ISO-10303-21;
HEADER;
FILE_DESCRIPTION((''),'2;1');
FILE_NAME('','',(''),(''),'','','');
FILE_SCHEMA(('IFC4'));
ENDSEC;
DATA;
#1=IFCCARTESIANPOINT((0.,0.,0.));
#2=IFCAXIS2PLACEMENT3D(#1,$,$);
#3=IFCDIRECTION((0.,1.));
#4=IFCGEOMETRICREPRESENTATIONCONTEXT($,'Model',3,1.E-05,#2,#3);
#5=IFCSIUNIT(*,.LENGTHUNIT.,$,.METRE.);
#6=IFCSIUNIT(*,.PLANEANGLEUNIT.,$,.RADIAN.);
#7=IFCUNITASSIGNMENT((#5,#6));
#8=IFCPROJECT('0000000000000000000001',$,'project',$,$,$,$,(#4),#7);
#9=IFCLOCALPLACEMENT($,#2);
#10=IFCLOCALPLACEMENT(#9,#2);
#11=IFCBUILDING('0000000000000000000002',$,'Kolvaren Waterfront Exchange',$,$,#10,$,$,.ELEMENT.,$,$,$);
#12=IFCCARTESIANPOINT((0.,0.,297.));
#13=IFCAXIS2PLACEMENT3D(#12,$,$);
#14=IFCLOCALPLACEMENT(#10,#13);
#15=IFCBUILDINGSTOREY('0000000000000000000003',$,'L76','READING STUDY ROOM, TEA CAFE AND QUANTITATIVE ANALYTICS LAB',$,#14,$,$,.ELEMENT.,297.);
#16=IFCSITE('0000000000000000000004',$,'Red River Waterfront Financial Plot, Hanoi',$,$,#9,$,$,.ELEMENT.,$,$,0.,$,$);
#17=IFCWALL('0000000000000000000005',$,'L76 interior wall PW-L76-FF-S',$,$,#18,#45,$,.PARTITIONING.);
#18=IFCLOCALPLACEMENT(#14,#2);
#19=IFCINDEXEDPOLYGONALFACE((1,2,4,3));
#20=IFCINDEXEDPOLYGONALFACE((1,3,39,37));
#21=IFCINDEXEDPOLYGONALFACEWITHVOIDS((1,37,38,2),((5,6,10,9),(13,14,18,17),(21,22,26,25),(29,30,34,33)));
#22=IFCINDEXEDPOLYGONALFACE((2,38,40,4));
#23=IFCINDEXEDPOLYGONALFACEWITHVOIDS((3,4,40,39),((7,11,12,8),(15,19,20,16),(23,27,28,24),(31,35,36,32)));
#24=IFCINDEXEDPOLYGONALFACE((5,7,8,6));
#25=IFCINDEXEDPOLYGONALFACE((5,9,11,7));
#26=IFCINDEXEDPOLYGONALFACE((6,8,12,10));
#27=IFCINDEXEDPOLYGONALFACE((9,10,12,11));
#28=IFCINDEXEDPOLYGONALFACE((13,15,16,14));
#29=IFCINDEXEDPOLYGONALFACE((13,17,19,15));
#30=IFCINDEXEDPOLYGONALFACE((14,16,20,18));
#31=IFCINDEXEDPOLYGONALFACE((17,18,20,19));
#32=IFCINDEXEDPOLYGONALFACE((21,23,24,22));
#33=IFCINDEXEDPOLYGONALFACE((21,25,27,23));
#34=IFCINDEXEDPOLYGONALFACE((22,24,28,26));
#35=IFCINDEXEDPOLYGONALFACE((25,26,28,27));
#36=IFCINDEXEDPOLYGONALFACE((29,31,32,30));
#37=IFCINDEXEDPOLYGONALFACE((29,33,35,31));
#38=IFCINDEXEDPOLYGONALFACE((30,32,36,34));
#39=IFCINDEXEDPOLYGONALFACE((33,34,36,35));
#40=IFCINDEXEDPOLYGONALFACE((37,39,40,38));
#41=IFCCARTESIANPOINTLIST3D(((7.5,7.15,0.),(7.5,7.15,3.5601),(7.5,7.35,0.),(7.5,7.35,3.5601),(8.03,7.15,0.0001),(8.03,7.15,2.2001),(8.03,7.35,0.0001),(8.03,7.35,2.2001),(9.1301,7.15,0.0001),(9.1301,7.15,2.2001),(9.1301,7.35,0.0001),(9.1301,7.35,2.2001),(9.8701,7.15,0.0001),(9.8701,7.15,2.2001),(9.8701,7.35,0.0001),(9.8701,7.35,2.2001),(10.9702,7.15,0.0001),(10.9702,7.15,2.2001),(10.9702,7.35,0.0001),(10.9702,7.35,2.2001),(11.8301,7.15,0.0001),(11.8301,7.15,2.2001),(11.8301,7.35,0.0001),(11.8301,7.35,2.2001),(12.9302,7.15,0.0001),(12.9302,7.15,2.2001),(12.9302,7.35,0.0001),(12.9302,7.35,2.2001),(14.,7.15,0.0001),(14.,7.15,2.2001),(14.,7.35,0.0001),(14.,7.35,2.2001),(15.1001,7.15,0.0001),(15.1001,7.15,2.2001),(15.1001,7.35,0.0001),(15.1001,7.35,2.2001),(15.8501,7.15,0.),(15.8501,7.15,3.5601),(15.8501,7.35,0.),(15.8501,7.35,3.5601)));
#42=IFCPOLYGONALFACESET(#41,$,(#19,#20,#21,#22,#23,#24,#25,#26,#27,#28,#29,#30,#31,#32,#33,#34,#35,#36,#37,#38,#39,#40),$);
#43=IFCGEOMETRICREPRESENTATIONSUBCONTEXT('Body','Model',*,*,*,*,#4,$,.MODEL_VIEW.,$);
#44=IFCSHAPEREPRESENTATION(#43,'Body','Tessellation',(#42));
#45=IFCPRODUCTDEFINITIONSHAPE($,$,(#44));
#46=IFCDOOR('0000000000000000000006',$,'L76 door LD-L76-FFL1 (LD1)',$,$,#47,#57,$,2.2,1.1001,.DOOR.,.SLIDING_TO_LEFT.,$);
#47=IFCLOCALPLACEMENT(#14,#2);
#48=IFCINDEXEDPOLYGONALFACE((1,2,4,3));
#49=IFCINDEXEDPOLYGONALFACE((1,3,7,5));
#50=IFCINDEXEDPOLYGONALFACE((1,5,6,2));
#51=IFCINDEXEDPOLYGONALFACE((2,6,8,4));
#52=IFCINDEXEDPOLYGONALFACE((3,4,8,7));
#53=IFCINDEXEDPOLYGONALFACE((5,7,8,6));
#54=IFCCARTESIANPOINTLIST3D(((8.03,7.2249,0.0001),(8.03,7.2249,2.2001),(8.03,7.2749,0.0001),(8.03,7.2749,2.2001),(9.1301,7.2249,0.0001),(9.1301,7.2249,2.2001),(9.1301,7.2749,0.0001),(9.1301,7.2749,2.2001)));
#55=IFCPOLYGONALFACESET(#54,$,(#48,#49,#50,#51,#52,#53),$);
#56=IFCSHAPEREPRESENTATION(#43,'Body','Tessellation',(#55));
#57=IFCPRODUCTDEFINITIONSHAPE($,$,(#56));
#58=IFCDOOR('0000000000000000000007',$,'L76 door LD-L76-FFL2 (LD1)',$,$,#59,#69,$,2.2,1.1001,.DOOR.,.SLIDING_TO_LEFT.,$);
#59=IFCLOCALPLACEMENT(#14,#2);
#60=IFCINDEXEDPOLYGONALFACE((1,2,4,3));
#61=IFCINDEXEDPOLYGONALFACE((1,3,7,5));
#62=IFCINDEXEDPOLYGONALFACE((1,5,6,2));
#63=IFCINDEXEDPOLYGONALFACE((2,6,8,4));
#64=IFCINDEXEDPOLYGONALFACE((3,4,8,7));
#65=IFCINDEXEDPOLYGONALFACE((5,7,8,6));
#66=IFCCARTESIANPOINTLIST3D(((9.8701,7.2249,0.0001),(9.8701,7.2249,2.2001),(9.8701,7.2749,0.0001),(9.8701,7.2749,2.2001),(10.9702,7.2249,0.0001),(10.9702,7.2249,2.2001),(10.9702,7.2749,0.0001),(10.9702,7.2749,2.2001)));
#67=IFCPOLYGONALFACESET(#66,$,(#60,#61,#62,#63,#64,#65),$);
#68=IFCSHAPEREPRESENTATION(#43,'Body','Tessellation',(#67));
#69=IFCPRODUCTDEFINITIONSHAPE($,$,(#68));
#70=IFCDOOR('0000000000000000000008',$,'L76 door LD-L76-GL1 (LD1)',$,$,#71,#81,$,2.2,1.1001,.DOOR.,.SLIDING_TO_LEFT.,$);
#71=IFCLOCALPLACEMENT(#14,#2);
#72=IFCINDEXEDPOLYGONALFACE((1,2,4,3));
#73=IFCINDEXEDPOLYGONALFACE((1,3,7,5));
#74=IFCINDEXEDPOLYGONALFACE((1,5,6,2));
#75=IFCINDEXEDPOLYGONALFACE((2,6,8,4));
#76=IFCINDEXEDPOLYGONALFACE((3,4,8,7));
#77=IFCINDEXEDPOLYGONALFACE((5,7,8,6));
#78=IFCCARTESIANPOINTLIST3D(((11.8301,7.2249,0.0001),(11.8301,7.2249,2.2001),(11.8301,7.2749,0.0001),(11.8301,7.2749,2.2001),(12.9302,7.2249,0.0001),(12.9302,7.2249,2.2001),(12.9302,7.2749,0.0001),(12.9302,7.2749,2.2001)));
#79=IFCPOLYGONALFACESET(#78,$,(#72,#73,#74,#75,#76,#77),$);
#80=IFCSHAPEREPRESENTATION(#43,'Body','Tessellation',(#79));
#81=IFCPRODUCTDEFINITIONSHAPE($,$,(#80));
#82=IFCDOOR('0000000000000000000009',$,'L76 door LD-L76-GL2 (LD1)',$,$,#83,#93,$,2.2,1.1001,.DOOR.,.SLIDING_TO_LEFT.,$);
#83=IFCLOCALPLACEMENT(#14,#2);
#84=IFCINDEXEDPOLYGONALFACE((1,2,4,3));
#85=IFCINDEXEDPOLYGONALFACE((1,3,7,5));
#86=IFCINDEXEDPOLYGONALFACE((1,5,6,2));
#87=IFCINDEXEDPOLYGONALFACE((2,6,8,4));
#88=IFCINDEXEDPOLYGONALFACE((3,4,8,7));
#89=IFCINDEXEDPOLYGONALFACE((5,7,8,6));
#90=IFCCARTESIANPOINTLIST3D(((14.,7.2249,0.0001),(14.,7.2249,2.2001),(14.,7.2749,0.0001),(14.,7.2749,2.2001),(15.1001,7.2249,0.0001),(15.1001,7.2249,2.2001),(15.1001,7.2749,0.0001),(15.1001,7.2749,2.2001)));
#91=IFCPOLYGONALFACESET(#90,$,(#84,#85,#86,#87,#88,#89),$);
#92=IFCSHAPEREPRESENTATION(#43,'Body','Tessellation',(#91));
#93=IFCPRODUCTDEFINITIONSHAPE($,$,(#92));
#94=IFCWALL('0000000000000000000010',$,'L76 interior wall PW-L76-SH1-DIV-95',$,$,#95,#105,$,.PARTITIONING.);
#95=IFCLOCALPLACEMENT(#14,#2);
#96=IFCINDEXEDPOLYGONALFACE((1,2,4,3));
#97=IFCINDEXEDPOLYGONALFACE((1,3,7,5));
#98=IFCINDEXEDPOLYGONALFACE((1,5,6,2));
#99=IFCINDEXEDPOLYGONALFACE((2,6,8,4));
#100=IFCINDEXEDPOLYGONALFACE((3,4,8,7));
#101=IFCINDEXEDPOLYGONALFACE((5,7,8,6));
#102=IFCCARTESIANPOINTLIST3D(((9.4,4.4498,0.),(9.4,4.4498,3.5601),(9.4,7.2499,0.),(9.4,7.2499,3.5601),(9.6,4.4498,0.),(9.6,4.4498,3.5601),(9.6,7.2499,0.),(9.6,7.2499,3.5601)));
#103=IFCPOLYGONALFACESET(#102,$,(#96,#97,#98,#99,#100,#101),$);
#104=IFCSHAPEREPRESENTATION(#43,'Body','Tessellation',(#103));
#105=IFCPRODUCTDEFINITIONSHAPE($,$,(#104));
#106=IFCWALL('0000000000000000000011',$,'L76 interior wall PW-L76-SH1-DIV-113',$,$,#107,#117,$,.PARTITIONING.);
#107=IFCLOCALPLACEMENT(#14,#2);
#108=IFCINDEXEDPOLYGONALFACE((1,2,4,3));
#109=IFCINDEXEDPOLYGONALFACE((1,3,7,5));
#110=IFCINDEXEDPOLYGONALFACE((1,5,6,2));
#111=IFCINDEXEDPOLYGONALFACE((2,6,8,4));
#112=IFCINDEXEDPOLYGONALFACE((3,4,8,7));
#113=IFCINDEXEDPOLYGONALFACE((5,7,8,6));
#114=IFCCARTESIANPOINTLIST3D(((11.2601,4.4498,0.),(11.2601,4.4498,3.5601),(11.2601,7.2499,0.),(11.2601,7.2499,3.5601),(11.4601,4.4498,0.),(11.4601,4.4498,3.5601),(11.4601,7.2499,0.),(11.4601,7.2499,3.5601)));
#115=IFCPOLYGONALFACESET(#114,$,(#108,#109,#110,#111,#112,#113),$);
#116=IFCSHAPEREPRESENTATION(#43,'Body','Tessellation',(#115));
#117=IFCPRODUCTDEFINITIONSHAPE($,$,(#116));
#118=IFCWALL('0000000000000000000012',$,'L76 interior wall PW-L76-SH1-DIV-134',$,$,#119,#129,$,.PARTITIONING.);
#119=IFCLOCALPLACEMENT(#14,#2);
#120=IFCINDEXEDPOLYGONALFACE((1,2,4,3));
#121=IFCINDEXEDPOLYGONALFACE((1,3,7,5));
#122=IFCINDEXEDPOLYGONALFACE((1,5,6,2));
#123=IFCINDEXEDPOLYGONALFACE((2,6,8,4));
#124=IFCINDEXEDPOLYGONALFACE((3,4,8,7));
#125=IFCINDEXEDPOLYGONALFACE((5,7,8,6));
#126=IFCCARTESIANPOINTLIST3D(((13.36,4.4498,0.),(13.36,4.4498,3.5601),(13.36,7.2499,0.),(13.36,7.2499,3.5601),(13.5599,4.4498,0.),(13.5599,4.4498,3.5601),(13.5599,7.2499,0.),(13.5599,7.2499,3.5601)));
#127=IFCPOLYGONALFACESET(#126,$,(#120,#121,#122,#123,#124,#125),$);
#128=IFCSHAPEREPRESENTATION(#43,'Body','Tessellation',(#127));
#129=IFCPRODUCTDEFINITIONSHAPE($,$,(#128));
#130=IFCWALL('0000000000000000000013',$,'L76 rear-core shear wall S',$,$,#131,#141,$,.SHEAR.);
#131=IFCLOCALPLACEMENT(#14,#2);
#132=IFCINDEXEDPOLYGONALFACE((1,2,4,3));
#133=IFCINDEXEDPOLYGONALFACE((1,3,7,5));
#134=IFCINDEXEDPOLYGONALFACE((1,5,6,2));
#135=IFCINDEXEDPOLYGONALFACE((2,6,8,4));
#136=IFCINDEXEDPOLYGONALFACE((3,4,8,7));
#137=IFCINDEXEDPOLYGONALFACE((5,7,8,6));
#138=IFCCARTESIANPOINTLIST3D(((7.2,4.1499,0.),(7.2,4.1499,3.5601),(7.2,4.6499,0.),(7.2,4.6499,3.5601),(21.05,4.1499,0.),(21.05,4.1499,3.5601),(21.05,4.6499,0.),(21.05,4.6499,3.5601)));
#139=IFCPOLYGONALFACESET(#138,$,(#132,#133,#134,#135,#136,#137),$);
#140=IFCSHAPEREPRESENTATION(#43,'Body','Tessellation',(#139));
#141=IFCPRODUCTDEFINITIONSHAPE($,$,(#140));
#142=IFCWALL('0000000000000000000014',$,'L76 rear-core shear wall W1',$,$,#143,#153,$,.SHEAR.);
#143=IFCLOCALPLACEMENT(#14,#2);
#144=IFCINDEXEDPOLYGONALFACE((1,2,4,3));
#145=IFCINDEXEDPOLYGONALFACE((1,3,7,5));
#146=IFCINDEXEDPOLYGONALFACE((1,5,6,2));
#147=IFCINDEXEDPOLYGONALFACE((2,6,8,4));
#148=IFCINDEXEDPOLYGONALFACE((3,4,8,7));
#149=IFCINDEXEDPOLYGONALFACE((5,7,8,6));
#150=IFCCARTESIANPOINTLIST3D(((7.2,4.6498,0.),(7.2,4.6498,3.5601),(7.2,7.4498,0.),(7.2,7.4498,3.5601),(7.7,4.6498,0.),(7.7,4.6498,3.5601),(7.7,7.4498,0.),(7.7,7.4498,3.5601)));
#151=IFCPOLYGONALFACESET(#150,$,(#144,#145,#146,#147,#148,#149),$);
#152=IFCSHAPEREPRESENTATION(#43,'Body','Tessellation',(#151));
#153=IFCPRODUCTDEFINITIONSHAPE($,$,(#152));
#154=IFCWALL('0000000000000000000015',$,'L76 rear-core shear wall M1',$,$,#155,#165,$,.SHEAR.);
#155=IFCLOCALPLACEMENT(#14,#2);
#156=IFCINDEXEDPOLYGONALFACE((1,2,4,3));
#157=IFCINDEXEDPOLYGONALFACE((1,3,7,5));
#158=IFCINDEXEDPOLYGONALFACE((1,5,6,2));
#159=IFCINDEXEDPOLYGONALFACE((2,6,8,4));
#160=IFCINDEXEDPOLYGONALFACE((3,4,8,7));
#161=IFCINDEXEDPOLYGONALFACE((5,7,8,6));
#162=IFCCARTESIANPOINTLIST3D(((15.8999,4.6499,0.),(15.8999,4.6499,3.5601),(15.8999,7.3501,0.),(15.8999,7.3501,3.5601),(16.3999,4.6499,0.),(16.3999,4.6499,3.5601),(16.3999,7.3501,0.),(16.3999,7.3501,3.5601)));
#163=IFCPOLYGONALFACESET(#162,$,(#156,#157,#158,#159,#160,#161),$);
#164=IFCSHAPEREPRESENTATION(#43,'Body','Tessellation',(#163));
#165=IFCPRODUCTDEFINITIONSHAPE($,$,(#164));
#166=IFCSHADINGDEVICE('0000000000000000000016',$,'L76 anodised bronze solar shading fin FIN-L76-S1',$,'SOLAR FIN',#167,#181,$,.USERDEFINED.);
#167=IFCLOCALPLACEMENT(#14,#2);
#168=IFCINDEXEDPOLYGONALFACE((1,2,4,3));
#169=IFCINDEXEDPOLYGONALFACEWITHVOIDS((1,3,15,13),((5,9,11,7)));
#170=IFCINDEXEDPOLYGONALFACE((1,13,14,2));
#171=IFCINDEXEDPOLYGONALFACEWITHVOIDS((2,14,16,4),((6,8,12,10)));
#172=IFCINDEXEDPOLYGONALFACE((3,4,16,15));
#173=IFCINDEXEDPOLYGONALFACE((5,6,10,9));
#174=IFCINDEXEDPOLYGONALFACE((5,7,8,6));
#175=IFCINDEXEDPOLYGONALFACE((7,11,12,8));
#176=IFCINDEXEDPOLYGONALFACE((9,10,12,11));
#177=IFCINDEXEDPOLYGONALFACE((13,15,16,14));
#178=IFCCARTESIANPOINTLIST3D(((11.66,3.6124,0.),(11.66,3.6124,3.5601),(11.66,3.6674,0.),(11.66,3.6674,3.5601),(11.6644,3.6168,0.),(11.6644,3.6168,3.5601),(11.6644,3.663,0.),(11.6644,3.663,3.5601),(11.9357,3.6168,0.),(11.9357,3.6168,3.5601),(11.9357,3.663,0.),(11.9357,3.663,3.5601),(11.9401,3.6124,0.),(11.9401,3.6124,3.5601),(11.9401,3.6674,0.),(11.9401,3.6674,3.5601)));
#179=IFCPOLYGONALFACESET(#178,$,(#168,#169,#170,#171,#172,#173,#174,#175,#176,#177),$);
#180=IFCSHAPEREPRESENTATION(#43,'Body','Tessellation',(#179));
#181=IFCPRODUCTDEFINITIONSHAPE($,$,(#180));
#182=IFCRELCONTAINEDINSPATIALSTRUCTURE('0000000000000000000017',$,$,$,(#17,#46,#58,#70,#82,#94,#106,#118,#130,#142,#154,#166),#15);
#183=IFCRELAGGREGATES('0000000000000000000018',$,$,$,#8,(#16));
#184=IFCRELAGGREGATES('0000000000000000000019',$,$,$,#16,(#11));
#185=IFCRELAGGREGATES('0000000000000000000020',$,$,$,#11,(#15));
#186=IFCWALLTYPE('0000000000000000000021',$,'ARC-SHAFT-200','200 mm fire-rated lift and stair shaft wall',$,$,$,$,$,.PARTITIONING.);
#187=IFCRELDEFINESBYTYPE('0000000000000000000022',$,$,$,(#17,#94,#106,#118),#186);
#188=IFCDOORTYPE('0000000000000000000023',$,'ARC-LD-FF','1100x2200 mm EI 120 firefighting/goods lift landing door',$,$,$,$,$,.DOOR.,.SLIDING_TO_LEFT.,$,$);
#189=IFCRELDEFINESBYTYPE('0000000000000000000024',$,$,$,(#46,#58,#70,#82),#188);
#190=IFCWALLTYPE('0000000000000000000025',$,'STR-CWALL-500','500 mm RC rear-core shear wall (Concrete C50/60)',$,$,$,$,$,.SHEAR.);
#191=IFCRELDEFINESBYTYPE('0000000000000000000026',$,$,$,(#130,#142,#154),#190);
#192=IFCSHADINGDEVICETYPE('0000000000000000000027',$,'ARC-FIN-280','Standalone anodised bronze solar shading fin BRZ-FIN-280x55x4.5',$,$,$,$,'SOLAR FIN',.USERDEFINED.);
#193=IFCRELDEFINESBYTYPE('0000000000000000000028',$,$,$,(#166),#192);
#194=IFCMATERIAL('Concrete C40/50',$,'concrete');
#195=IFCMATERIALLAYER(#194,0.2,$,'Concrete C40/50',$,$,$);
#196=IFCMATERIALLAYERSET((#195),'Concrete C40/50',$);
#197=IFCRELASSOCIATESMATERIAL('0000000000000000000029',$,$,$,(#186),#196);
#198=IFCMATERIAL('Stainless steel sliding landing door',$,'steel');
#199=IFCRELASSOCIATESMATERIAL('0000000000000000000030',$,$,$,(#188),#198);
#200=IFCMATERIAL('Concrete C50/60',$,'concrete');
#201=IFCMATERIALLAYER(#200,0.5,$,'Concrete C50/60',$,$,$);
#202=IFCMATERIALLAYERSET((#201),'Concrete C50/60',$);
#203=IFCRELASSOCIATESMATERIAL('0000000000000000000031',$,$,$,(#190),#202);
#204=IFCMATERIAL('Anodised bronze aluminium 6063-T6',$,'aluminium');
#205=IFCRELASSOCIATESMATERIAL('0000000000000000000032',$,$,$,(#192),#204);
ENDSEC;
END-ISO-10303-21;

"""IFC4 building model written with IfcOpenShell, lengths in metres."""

from ifc_helpers import new_model, si_unit, direction, frame, frame_2d, origin, origin_2d, place, context, subcontext, project, spatial, rectangle, hollow_rectangle, extrude, material, layer, layer_set, material_profile, profile_set, type_object, element, fill, save


model = new_model("IFC4")

# Units and contexts
model_context = context("Model", 3, precision=1e-05, world=origin(), true_north=direction((0.0, 1.0)))
body_context = subcontext(model_context, "Body", "Model", "MODEL_VIEW")
ifc_project = project(units=[si_unit("LENGTHUNIT", "METRE"), si_unit("PLANEANGLEUNIT", "RADIAN")], contexts=[model_context])

# Site, building, storey
site_placement = place(None, origin())
site = spatial("IfcSite", under=ifc_project, at=site_placement, Name="Red River Waterfront Financial Plot, Hanoi", CompositionType="ELEMENT", RefElevation=0.0)
building_placement = place(site_placement, origin())
building = spatial("IfcBuilding", under=site, at=building_placement, Name="Kolvaren Waterfront Exchange", CompositionType="ELEMENT")
storey_placement = place(building_placement, frame((0.0, 0.0, 297.0)))
storey = spatial("IfcBuildingStorey", under=building, at=storey_placement, Name="L76", Description="READING STUDY ROOM, TEA CAFE AND QUANTITATIVE ANALYTICS LAB", CompositionType="ELEMENT", Elevation=297.0)

# Shared definitions
ifc_material_1 = material(Name="Concrete C50/60", Category="concrete")

# Shared definitions
ifc_material_2 = material(Name="Anodised bronze aluminium 6063-T6", Category="aluminium")

# Shared definitions
ifc_material_3 = material(Name="Concrete C40/50", Category="concrete")
ifc_layer_1 = layer(ifc_material_3, 0.2, Name="Concrete C40/50")
ifc_layer_set_1 = layer_set([ifc_layer_1], Name="Concrete C40/50")
wall_type_1 = type_object("IfcWallType", Name="ARC-SHAFT-200", Description="200 mm fire-rated lift and stair shaft wall", PredefinedType="PARTITIONING", material=ifc_layer_set_1)

# Wall, openings, doors
wall_1_placement = place(storey_placement, frame((7.5, 7.25, 0.0), z_axis=(0.0, 0.0, 1.0), x_axis=(1.0, 0.0, 0.0)))
wall_1 = element("IfcWall", 1, at=wall_1_placement, inside=storey, type_object=wall_type_1, Name="L76 interior wall PW-L76-FF-S", PredefinedType="PARTITIONING", context=body_context, shape_type="SweptSolid", body=[
    extrude(rectangle(XDim=8.3501, YDim=0.2, at=frame_2d((4.175, 0.0))), origin(), (0.0, 0.0, 1.0), 3.5601),
])
opening_1_placement = place(wall_1_placement, frame((0.53, 0.0, 0.0)))
opening_1 = element("IfcOpeningElement", 2, at=opening_1_placement, cuts=wall_1, PredefinedType="OPENING", context=body_context, shape_type="SweptSolid", body=[
    extrude(rectangle(XDim=1.1001, YDim=2.2, at=frame_2d((0.55, 1.1001))), frame((0.0, 0.1099, 0.0), z_axis=(0.0, -1.0, 0.0), x_axis=(1.0, 0.0, 0.0)), (0.0, 0.0, 1.0), 0.22),
])
opening_2_placement = place(wall_1_placement, frame((2.3701, 0.0, 0.0)))
opening_2 = element("IfcOpeningElement", 3, at=opening_2_placement, cuts=wall_1, PredefinedType="OPENING", context=body_context, shape_type="SweptSolid", body=[
    extrude(rectangle(XDim=1.1001, YDim=2.2, at=frame_2d((0.55, 1.1001))), frame((0.0, 0.1099, 0.0), z_axis=(0.0, -1.0, 0.0), x_axis=(1.0, 0.0, 0.0)), (0.0, 0.0, 1.0), 0.22),
])
opening_3_placement = place(wall_1_placement, frame((4.3301, 0.0, 0.0)))
opening_3 = element("IfcOpeningElement", 4, at=opening_3_placement, cuts=wall_1, PredefinedType="OPENING", context=body_context, shape_type="SweptSolid", body=[
    extrude(rectangle(XDim=1.1001, YDim=2.2, at=frame_2d((0.55, 1.1001))), frame((0.0, 0.1099, 0.0), z_axis=(0.0, -1.0, 0.0), x_axis=(1.0, 0.0, 0.0)), (0.0, 0.0, 1.0), 0.22),
])
opening_4_placement = place(wall_1_placement, frame((6.5, 0.0, 0.0)))
opening_4 = element("IfcOpeningElement", 5, at=opening_4_placement, cuts=wall_1, PredefinedType="OPENING", context=body_context, shape_type="SweptSolid", body=[
    extrude(rectangle(XDim=1.1001, YDim=2.2, at=frame_2d((0.55, 1.1001))), frame((0.0, 0.1099, 0.0), z_axis=(0.0, -1.0, 0.0), x_axis=(1.0, 0.0, 0.0)), (0.0, 0.0, 1.0), 0.22),
])
ifc_material_4 = material(Name="Stainless steel sliding landing door", Category="steel")
door_type = type_object("IfcDoorType", Name="ARC-LD-FF", Description="1100x2200 mm EI 120 firefighting/goods lift landing door", OperationType="SLIDING_TO_LEFT", PredefinedType="DOOR", material=ifc_material_4)
door_1_placement = place(opening_1_placement, origin())
door_1 = element("IfcDoor", 6, at=door_1_placement, inside=storey, type_object=door_type, Name="L76 door LD-L76-FFL1 (LD1)", OperationType="SLIDING_TO_LEFT", OverallHeight=2.2, OverallWidth=1.1001, PredefinedType="DOOR", context=body_context, shape_type="SweptSolid", body=[
    extrude(rectangle(XDim=1.1001, YDim=2.2, at=frame_2d((0.55, 1.1001))), frame((0.0, 0.0249, 0.0), z_axis=(0.0, -1.0, 0.0), x_axis=(1.0, 0.0, 0.0)), (0.0, 0.0, 1.0), 0.05),
])
fill(opening_1, door_1)
door_2_placement = place(opening_2_placement, origin())
door_2 = element("IfcDoor", 7, at=door_2_placement, inside=storey, type_object=door_type, Name="L76 door LD-L76-FFL2 (LD1)", OperationType="SLIDING_TO_LEFT", OverallHeight=2.2, OverallWidth=1.1001, PredefinedType="DOOR", context=body_context, shape_type="SweptSolid", body=[
    extrude(rectangle(XDim=1.1001, YDim=2.2, at=frame_2d((0.55, 1.1001))), frame((0.0, 0.0249, 0.0), z_axis=(0.0, -1.0, 0.0), x_axis=(1.0, 0.0, 0.0)), (0.0, 0.0, 1.0), 0.05),
])
fill(opening_2, door_2)
door_3_placement = place(opening_3_placement, origin())
door_3 = element("IfcDoor", 8, at=door_3_placement, inside=storey, type_object=door_type, Name="L76 door LD-L76-GL1 (LD1)", OperationType="SLIDING_TO_LEFT", OverallHeight=2.2, OverallWidth=1.1001, PredefinedType="DOOR", context=body_context, shape_type="SweptSolid", body=[
    extrude(rectangle(XDim=1.1001, YDim=2.2, at=frame_2d((0.55, 1.1001))), frame((0.0, 0.0249, 0.0), z_axis=(0.0, -1.0, 0.0), x_axis=(1.0, 0.0, 0.0)), (0.0, 0.0, 1.0), 0.05),
])
fill(opening_3, door_3)
door_4_placement = place(opening_4_placement, origin())
door_4 = element("IfcDoor", 9, at=door_4_placement, inside=storey, type_object=door_type, Name="L76 door LD-L76-GL2 (LD1)", OperationType="SLIDING_TO_LEFT", OverallHeight=2.2, OverallWidth=1.1001, PredefinedType="DOOR", context=body_context, shape_type="SweptSolid", body=[
    extrude(rectangle(XDim=1.1001, YDim=2.2, at=frame_2d((0.55, 1.1001))), frame((0.0, 0.0249, 0.0), z_axis=(0.0, -1.0, 0.0), x_axis=(1.0, 0.0, 0.0)), (0.0, 0.0, 1.0), 0.05),
])
fill(opening_4, door_4)

# Walls
for number, where, z_axis, x_axis, name in (
    (10, (9.5, 4.45, 0.0), (0.0, 0.0, 1.0), (0.0, 1.0, 0.0), "L76 interior wall PW-L76-SH1-DIV-95"),
    (11, (11.3601, 4.45, 0.0), (0.0, 0.0, 1.0), (0.0, 1.0, 0.0), "L76 interior wall PW-L76-SH1-DIV-113"),
    (12, (13.46, 4.45, 0.0), (0.0, 0.0, 1.0), (0.0, 1.0, 0.0), "L76 interior wall PW-L76-SH1-DIV-134"),
):
    element("IfcWall", number, at=place(storey_placement, frame(where, z_axis=z_axis, x_axis=x_axis)), inside=storey, type_object=wall_type_1, Name=name, PredefinedType="PARTITIONING", context=body_context, shape_type="SweptSolid", body=[
        extrude(rectangle(XDim=2.8, YDim=0.2, at=frame_2d((1.3999, 0.0))), origin(), (0.0, 0.0, 1.0), 3.5601),
    ])
ifc_layer_2 = layer(ifc_material_1, 0.5, Name="Concrete C50/60")
ifc_layer_set_2 = layer_set([ifc_layer_2], Name="Concrete C50/60")
wall_type_2 = type_object("IfcWallType", Name="STR-CWALL-500", Description="500 mm RC rear-core shear wall (Concrete C50/60)", PredefinedType="SHEAR", material=ifc_layer_set_2)
wall_2_placement = place(storey_placement, frame((7.2, 4.3999, 0.0), z_axis=(0.0, 0.0, 1.0), x_axis=(1.0, 0.0, 0.0)))
element("IfcWall", 13, at=wall_2_placement, inside=storey, type_object=wall_type_2, Name="L76 rear-core shear wall S", PredefinedType="SHEAR", context=body_context, shape_type="SweptSolid", body=[
    extrude(rectangle(XDim=13.8501, YDim=0.5, at=frame_2d((6.925, 0.0))), origin(), (0.0, 0.0, 1.0), 3.5601),
])
wall_3_placement = place(storey_placement, frame((7.45, 4.6499, 0.0), z_axis=(0.0, 0.0, 1.0), x_axis=(0.0, 1.0, 0.0)))
element("IfcWall", 14, at=wall_3_placement, inside=storey, type_object=wall_type_2, Name="L76 rear-core shear wall W1", PredefinedType="SHEAR", context=body_context, shape_type="SweptSolid", body=[
    extrude(rectangle(XDim=2.8, YDim=0.5, at=frame_2d((1.3999, 0.0))), origin(), (0.0, 0.0, 1.0), 3.5601),
])
wall_4_placement = place(storey_placement, frame((16.1499, 4.6499, 0.0), z_axis=(0.0, 0.0, 1.0), x_axis=(0.0, 1.0, 0.0)))
element("IfcWall", 15, at=wall_4_placement, inside=storey, type_object=wall_type_2, Name="L76 rear-core shear wall M1", PredefinedType="SHEAR", context=body_context, shape_type="SweptSolid", body=[
    extrude(rectangle(XDim=2.7002, YDim=0.5, at=frame_2d((1.3501, 0.0))), origin(), (0.0, 0.0, 1.0), 3.5601),
])

# Shading device
ifc_material_profile_1 = material_profile(ifc_material_2, hollow_rectangle(XDim=0.0549, YDim=0.28, WallThickness=0.0044, at=origin_2d()), Name="BRZ-FIN-280x55x4.5")
ifc_profile_set_1 = profile_set([ifc_material_profile_1], Name="Anodised bronze aluminium 6063-T6")
shading_device_type = type_object("IfcShadingDeviceType", Name="ARC-FIN-280", Description="Standalone anodised bronze solar shading fin BRZ-FIN-280x55x4.5", ElementType="SOLAR FIN", PredefinedType="USERDEFINED", material=ifc_profile_set_1)
shading_device_placement = place(storey_placement, frame((11.8, 3.6399, 0.0), z_axis=(0.0, 0.0, 1.0), x_axis=(0.0, -1.0, 0.0)))
element("IfcShadingDevice", 16, at=shading_device_placement, inside=storey, type_object=shading_device_type, Name="L76 anodised bronze solar shading fin FIN-L76-S1", ObjectType="SOLAR FIN", PredefinedType="USERDEFINED", context=body_context, shape_type="SweptSolid", body=[
    extrude(hollow_rectangle(XDim=0.0549, YDim=0.28, WallThickness=0.0044, at=origin_2d()), origin(), (0.0, 0.0, 1.0), 3.5601),
])

save(model, "model.ifc")
